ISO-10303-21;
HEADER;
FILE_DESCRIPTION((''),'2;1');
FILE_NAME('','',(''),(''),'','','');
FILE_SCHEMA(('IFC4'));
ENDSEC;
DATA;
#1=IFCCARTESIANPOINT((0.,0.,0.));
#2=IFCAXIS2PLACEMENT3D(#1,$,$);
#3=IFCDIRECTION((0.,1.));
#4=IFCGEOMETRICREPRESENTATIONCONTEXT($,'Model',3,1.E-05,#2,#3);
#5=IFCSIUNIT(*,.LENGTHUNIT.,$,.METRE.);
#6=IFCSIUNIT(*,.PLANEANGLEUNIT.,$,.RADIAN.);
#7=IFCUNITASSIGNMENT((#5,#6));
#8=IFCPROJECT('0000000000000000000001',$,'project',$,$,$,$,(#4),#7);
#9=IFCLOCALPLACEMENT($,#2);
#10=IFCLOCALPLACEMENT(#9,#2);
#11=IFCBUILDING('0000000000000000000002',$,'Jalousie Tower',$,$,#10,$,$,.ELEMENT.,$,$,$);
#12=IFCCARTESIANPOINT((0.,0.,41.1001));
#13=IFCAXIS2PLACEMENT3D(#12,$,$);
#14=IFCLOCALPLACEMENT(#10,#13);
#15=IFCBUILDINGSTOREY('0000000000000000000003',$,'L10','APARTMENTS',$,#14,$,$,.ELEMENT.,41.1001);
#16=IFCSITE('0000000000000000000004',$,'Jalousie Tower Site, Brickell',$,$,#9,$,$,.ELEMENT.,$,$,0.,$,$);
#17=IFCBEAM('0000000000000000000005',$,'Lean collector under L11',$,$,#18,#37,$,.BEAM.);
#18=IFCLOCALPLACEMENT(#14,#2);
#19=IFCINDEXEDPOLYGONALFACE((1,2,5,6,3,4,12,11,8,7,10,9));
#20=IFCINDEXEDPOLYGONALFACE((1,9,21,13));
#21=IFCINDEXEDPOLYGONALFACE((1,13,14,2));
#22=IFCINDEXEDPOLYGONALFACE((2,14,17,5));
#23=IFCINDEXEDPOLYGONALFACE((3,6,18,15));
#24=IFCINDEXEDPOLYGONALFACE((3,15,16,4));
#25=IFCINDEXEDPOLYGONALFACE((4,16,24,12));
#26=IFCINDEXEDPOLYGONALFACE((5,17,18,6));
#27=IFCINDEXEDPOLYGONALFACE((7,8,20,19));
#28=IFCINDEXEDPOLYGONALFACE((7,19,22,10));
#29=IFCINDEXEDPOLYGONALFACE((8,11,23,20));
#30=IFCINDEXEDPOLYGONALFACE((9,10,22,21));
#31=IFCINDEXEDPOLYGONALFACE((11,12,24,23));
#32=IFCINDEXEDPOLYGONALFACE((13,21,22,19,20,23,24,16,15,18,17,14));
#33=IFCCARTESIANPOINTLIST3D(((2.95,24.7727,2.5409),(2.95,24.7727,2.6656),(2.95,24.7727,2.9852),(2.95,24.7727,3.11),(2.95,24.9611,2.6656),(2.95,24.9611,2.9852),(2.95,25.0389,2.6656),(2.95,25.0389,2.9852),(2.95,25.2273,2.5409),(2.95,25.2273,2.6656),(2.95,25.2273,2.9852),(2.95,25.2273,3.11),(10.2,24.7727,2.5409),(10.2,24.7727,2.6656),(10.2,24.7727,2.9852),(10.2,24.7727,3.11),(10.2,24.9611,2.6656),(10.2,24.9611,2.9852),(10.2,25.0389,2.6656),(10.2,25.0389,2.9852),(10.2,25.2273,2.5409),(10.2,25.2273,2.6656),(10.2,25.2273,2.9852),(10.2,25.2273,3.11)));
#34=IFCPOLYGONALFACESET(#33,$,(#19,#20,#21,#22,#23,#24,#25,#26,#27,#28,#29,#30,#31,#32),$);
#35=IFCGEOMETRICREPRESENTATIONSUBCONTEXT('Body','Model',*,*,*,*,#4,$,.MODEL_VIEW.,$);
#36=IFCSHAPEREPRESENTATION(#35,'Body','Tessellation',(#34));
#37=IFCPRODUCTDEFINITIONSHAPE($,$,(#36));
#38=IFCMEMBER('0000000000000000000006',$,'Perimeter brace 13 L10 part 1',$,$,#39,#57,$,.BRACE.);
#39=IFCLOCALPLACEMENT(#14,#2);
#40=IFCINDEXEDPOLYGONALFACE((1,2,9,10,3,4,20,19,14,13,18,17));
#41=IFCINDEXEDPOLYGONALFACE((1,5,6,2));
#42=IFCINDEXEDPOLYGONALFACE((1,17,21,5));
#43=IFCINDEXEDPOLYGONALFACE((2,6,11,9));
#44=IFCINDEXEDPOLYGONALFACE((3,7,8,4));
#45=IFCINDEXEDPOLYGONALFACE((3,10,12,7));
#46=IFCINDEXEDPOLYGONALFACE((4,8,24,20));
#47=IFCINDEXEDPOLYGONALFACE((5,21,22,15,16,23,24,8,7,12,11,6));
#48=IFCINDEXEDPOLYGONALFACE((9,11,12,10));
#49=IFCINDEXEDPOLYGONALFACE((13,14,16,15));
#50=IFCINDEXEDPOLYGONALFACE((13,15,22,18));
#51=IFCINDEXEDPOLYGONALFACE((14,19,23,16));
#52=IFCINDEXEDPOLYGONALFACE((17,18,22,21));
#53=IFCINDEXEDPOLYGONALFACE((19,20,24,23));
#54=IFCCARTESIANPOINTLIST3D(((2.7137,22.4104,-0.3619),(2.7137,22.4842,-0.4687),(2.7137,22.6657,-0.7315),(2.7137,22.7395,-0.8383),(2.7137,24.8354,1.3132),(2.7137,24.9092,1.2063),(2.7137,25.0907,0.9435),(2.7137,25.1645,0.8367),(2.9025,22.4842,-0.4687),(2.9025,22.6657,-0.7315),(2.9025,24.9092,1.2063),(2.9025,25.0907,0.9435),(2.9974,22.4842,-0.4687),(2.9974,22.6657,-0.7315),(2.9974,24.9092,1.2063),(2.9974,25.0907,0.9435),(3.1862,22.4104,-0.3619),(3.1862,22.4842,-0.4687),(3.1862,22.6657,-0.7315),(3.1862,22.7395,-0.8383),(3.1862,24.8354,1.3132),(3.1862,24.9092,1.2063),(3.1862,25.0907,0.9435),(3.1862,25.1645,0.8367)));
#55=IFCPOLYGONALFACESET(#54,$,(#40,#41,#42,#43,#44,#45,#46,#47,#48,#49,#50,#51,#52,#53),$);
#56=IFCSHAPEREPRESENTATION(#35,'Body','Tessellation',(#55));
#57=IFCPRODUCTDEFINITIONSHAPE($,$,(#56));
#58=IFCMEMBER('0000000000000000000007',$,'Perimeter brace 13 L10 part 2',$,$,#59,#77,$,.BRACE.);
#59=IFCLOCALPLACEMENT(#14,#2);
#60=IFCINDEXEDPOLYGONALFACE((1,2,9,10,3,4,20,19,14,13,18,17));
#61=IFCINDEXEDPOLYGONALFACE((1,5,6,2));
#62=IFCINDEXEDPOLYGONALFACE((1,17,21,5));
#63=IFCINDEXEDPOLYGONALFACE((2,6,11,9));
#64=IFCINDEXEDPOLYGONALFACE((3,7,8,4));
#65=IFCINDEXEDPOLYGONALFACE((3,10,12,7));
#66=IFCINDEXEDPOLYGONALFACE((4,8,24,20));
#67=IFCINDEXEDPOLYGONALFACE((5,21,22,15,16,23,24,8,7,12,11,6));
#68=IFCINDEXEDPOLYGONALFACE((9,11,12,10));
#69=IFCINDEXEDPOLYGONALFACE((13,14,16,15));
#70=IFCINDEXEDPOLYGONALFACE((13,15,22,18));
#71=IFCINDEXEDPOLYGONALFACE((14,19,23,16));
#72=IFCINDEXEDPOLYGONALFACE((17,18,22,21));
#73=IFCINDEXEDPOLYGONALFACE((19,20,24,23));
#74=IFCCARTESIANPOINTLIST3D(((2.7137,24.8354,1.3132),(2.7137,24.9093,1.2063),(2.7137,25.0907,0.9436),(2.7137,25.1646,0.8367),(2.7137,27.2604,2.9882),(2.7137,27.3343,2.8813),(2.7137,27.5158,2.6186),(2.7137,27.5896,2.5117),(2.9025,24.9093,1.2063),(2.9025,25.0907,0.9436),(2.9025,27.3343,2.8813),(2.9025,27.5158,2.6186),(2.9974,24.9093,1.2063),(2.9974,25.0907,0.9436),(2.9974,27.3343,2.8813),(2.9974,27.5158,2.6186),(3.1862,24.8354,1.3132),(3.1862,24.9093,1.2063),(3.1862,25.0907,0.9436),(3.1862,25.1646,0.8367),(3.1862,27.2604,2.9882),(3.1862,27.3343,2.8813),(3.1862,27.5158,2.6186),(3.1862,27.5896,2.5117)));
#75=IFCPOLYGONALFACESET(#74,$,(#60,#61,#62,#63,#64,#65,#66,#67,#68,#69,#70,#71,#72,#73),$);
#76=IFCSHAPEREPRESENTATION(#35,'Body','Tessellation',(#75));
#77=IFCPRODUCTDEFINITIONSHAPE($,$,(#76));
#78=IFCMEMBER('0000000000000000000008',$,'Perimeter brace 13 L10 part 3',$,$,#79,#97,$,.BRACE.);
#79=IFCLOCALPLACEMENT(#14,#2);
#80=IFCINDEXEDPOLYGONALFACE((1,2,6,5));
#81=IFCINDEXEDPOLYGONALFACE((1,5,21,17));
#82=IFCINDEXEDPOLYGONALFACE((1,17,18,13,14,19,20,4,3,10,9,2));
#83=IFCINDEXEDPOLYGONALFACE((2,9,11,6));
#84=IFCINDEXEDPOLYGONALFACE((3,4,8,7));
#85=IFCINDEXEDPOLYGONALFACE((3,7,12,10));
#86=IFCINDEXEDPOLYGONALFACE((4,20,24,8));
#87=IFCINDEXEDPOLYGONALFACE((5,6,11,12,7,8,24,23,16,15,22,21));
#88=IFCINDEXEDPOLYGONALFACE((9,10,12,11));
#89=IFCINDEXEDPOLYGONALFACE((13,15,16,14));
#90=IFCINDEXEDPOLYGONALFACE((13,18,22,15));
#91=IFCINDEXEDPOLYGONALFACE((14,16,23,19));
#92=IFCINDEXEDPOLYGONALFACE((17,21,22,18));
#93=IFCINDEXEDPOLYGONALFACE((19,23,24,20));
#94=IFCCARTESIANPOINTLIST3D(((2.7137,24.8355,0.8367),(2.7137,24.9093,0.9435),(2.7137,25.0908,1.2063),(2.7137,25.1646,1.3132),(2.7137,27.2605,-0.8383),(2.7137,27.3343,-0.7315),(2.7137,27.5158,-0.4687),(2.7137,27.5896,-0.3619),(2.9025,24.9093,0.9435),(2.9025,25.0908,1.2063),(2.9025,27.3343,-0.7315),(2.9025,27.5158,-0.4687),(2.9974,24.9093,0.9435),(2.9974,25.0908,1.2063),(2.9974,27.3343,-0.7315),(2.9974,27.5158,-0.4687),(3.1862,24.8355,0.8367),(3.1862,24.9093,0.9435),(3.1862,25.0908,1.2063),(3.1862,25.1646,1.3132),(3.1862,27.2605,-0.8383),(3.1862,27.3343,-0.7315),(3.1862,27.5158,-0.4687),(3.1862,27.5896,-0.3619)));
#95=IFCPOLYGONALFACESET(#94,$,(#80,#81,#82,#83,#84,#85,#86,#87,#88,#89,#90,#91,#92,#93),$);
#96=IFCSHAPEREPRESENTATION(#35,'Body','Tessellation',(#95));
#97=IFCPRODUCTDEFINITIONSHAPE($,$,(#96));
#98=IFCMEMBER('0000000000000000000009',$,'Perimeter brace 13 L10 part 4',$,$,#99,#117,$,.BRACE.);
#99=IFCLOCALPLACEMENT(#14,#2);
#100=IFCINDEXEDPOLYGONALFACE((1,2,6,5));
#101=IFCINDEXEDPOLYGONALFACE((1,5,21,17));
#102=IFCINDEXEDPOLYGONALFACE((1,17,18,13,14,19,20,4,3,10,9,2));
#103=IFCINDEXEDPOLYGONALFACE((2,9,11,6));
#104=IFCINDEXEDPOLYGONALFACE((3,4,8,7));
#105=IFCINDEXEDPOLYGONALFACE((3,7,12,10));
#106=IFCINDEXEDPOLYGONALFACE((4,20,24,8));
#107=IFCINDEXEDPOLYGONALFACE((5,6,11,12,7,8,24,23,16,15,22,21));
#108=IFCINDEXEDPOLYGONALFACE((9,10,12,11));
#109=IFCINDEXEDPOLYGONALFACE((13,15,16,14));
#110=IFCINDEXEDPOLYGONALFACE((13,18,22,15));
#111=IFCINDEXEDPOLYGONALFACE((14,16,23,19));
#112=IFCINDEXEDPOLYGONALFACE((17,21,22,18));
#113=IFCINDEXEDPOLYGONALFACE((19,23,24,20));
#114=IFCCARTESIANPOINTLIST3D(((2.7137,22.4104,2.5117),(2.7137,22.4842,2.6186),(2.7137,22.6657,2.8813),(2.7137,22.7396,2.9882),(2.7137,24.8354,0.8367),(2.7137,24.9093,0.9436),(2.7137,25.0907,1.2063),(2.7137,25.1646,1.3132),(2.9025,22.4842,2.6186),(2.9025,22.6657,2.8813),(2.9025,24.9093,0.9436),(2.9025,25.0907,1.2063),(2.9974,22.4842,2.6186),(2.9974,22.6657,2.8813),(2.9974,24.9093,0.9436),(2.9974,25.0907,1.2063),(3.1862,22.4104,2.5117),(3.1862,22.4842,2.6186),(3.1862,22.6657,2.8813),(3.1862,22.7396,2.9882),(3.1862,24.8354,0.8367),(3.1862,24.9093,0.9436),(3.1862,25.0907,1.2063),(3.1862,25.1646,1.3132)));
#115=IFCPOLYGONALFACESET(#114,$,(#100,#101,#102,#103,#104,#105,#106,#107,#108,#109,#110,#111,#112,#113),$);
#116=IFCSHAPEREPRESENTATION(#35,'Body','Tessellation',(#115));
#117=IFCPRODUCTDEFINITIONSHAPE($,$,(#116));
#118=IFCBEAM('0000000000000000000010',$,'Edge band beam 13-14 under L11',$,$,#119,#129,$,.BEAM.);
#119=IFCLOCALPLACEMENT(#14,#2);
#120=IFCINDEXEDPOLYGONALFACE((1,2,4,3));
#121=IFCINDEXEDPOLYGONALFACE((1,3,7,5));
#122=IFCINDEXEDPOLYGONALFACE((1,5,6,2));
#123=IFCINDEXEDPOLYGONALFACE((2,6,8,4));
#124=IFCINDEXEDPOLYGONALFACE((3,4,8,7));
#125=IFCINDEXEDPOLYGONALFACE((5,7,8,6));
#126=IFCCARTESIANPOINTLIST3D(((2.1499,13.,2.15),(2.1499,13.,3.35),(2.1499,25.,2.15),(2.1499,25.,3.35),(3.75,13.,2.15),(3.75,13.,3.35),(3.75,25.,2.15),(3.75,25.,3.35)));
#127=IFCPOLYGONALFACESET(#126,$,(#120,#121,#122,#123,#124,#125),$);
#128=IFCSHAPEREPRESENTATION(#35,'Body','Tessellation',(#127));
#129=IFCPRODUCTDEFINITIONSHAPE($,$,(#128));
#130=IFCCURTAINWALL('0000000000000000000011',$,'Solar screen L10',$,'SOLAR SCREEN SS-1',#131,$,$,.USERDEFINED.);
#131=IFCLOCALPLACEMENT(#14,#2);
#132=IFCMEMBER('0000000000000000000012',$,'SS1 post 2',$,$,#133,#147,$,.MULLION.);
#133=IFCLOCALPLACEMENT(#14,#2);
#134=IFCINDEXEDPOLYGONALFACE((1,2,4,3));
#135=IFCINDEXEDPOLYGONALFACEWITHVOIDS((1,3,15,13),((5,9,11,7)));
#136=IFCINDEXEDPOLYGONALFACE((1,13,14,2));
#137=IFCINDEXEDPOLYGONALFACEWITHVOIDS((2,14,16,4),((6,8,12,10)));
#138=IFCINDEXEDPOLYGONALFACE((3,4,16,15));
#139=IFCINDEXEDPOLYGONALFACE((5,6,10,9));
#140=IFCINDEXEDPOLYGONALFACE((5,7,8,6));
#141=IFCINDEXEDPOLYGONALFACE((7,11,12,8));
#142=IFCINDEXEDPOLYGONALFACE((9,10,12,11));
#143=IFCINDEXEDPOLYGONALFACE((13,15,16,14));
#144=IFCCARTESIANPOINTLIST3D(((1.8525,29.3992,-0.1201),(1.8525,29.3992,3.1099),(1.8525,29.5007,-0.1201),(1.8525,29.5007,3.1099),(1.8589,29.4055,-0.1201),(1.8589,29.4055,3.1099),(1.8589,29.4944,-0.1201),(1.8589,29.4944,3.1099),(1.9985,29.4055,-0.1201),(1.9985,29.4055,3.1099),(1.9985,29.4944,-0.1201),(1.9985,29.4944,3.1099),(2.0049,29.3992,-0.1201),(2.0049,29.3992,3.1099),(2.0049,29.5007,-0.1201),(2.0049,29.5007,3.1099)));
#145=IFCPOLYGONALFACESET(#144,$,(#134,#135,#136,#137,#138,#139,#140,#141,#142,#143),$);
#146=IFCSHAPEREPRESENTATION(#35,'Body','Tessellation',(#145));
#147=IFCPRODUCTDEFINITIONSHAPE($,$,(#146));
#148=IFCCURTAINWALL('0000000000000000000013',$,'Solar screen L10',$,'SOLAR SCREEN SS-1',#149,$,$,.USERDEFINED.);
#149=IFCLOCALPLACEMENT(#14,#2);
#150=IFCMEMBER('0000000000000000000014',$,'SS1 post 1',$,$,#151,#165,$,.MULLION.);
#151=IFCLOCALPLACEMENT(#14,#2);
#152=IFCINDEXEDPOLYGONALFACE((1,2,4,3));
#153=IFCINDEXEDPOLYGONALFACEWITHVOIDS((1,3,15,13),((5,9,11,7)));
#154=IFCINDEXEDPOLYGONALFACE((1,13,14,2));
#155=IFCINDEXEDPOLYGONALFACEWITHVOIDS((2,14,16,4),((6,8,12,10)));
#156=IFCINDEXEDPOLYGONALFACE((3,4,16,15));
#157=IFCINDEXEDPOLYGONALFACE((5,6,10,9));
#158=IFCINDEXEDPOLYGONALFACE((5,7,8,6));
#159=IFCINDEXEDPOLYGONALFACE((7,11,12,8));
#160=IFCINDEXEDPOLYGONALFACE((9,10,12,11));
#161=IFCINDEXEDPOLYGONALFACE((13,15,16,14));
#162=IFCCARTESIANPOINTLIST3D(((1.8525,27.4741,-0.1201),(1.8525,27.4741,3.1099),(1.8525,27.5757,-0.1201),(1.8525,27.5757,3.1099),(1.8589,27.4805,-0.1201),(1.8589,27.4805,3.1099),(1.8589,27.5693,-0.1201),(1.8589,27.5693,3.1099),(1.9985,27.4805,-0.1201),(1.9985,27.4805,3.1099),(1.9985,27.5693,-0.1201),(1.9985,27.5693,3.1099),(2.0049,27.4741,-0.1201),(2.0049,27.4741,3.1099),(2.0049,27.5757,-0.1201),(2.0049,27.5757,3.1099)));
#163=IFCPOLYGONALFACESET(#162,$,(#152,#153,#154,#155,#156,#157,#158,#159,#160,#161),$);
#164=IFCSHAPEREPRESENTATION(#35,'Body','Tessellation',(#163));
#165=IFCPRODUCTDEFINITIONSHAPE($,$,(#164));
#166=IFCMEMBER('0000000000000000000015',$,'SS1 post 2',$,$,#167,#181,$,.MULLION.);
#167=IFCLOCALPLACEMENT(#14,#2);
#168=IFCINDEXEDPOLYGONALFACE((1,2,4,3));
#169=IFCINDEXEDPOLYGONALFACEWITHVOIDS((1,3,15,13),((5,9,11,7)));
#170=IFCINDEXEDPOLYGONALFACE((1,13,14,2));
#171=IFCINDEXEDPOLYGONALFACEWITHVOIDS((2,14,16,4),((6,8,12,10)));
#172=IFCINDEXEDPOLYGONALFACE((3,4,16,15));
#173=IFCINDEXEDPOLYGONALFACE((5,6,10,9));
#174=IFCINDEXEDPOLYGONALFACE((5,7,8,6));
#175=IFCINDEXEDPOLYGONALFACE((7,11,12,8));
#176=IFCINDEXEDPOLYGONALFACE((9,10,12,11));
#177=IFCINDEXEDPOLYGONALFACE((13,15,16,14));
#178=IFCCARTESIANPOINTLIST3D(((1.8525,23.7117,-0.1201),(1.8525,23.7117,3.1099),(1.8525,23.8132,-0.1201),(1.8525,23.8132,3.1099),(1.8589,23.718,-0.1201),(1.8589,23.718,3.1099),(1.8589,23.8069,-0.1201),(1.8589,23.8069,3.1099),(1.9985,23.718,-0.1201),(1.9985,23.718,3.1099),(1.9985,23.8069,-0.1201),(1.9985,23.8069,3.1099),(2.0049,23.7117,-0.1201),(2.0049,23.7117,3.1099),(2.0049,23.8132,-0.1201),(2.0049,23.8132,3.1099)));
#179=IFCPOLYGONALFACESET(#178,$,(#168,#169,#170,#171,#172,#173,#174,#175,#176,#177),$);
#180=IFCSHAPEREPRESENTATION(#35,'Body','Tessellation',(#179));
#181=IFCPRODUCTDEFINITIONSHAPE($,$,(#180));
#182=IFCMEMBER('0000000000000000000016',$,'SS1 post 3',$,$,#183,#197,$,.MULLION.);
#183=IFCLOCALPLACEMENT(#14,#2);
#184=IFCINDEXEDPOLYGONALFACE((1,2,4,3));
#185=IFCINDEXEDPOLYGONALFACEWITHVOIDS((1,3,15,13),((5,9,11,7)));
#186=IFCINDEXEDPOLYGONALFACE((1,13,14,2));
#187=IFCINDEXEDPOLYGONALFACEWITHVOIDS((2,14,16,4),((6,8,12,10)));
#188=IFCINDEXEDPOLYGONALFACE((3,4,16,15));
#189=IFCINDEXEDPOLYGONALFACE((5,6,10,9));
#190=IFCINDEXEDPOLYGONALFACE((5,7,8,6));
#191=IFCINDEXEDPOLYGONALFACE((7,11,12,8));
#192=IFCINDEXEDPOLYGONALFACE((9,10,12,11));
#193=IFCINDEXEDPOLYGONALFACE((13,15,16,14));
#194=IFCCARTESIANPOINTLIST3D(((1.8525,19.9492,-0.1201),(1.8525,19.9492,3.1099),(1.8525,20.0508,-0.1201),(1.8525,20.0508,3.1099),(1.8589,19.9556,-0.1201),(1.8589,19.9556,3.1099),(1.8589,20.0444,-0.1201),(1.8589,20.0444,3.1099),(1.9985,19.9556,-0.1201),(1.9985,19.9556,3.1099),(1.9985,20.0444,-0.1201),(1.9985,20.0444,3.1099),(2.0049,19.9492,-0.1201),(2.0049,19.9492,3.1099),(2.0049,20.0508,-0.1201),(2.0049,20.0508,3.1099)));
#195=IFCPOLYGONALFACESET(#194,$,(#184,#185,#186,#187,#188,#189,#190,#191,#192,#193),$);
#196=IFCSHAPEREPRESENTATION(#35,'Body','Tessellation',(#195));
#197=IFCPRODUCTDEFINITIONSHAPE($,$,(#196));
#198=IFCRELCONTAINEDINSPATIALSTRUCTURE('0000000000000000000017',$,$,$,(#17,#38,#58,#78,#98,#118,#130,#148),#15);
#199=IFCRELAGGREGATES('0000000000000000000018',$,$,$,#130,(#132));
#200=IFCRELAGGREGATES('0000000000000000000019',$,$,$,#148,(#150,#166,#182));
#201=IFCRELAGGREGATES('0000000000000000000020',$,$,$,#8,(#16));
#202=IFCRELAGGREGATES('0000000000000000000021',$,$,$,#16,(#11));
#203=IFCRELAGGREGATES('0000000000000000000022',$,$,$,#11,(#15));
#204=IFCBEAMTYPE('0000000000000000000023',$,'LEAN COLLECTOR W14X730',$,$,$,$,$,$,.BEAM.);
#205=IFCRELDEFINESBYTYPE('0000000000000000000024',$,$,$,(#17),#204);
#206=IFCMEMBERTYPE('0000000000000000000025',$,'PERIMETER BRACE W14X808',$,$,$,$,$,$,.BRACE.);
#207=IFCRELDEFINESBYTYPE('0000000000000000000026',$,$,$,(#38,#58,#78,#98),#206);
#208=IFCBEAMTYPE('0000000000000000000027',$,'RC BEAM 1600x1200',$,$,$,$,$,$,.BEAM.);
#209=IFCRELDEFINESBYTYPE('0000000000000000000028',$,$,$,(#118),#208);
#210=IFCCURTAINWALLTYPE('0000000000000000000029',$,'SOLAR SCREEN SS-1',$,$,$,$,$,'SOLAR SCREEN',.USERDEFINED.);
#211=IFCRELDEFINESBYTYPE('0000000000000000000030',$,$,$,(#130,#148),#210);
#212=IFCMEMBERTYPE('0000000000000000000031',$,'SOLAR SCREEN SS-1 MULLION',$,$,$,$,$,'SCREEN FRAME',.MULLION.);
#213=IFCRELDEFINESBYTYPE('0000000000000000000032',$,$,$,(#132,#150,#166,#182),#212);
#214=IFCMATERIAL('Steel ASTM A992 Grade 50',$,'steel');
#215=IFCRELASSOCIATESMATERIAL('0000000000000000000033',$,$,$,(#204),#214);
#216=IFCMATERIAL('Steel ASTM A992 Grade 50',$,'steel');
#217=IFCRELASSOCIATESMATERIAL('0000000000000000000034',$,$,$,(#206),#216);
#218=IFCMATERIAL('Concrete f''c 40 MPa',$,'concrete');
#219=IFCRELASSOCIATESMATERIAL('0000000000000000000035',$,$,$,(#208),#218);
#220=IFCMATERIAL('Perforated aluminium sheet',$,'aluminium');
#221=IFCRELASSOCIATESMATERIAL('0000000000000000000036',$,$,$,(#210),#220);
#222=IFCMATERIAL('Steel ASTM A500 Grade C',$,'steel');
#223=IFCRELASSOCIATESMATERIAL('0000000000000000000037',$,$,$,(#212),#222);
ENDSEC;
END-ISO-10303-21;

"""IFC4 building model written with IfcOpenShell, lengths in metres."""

from ifc_helpers import new_model, si_unit, direction, frame, origin, origin_2d, place, context, subcontext, project, spatial, rectangle, hollow_rectangle, i_section, extrude, material, material_profile, profile_set, type_object, element, aggregate, save


model = new_model("IFC4")

# Units and contexts
model_context = context("Model", 3, precision=1e-05, world=origin(), true_north=direction((0.0, 1.0)))
body_context = subcontext(model_context, "Body", "Model", "MODEL_VIEW")
ifc_project = project(units=[si_unit("LENGTHUNIT", "METRE"), si_unit("PLANEANGLEUNIT", "RADIAN")], contexts=[model_context])

# Site, building, storey
site_placement = place(None, origin())
site = spatial("IfcSite", under=ifc_project, at=site_placement, Name="Jalousie Tower Site, Brickell", CompositionType="ELEMENT", RefElevation=0.0)
building_placement = place(site_placement, origin())
building = spatial("IfcBuilding", under=site, at=building_placement, Name="Jalousie Tower", CompositionType="ELEMENT")
storey_placement = place(building_placement, frame((0.0, 0.0, 41.1001)))
storey = spatial("IfcBuildingStorey", under=building, at=storey_placement, Name="L10", Description="APARTMENTS", CompositionType="ELEMENT", Elevation=41.1001)

# Beam
ifc_material_1 = material(Name="Steel ASTM A992 Grade 50", Category="steel")
ifc_material_profile_1 = material_profile(ifc_material_1, i_section(OverallWidth=0.4546, OverallDepth=0.5691, WebThickness=0.0779, FlangeThickness=0.1248, at=origin_2d()), Name="W14X730")
ifc_profile_set_1 = profile_set([ifc_material_profile_1], Name="Steel ASTM A992 Grade 50")
beam_type_1 = type_object("IfcBeamType", Name="LEAN COLLECTOR W14X730", PredefinedType="BEAM", material=ifc_profile_set_1)
beam_1_placement = place(storey_placement, frame((2.95, 25.0, 2.8254), z_axis=(1.0, 0.0, 0.0), x_axis=(0.0, 1.0, 0.0)))
element("IfcBeam", 1, at=beam_1_placement, inside=storey, type_object=beam_type_1, Name="Lean collector under L11", PredefinedType="BEAM", context=body_context, shape_type="SweptSolid", body=[
    extrude(i_section(OverallWidth=0.4546, OverallDepth=0.5691, WebThickness=0.0779, FlangeThickness=0.1248, at=origin_2d()), origin(), (0.0, 0.0, 1.0), 7.25),
])

# Members
ifc_material_2 = material(Name="Steel ASTM A992 Grade 50", Category="steel")
ifc_material_profile_2 = material_profile(ifc_material_2, i_section(OverallWidth=0.4724, OverallDepth=0.5791, WebThickness=0.095, FlangeThickness=0.1299, at=origin_2d()), Name="W14X808")
ifc_profile_set_2 = profile_set([ifc_material_profile_2], Name="Steel ASTM A992 Grade 50")
member_type_1 = type_object("IfcMemberType", Name="PERIMETER BRACE W14X808", PredefinedType="BRACE", material=ifc_profile_set_2)
for number, where, z_axis, x_axis, name in (
    (2, (2.95, 22.575, -0.6001), (0.0, 0.8228, 0.568331), (-1.0, 0.0, 0.0), "Perimeter brace 13 L10 part 1"),
    (3, (2.95, 25.0, 1.075), (0.0, 0.8228, 0.568331), (-1.0, 0.0, 0.0), "Perimeter brace 13 L10 part 2"),
    (4, (2.95, 27.425, -0.6001), (0.0, -0.8228, 0.568331), (1.0, 0.0, 0.0), "Perimeter brace 13 L10 part 3"),
    (5, (2.95, 25.0, 1.075), (0.0, -0.8228, 0.568331), (1.0, 0.0, 0.0), "Perimeter brace 13 L10 part 4"),
):
    element("IfcMember", number, at=place(storey_placement, frame(where, z_axis=z_axis, x_axis=x_axis)), inside=storey, type_object=member_type_1, Name=name, PredefinedType="BRACE", context=body_context, shape_type="SweptSolid", body=[
        extrude(i_section(OverallWidth=0.4724, OverallDepth=0.5791, WebThickness=0.095, FlangeThickness=0.1299, at=origin_2d()), origin(), (0.0, 0.0, 1.0), 2.9473),
    ])

# Beam
ifc_material_3 = material(Name="Concrete f'c 40 MPa", Category="concrete")
ifc_material_profile_3 = material_profile(ifc_material_3, rectangle(XDim=1.6001, YDim=1.2, at=origin_2d()), Name="RC 1600x1200")
ifc_profile_set_3 = profile_set([ifc_material_profile_3], Name="Concrete f'c 40 MPa")
beam_type_2 = type_object("IfcBeamType", Name="RC BEAM 1600x1200", PredefinedType="BEAM", material=ifc_profile_set_3)
beam_2_placement = place(storey_placement, frame((2.95, 25.0, 2.75), z_axis=(0.0, -1.0, 0.0), x_axis=(1.0, 0.0, 0.0)))
element("IfcBeam", 6, at=beam_2_placement, inside=storey, type_object=beam_type_2, Name="Edge band beam 13-14 under L11", PredefinedType="BEAM", context=body_context, shape_type="SweptSolid", body=[
    extrude(rectangle(XDim=1.6001, YDim=1.2, at=origin_2d()), origin(), (0.0, 0.0, 1.0), 12.0),
])

# Curtain wall, member
ifc_material_4 = material(Name="Perforated aluminium sheet", Category="aluminium")
curtain_wall_type = type_object("IfcCurtainWallType", Name="SOLAR SCREEN SS-1", ElementType="SOLAR SCREEN", PredefinedType="USERDEFINED", material=ifc_material_4)
curtain_wall_1_placement = place(storey_placement, origin())
curtain_wall_1 = element("IfcCurtainWall", 7, at=curtain_wall_1_placement, inside=storey, type_object=curtain_wall_type, Name="Solar screen L10", ObjectType="SOLAR SCREEN SS-1", PredefinedType="USERDEFINED")
ifc_material_5 = material(Name="Steel ASTM A500 Grade C", Category="steel")
ifc_material_profile_4 = material_profile(ifc_material_5, hollow_rectangle(XDim=0.1016, YDim=0.1523, WallThickness=0.0063, at=origin_2d()), Name="HSS6X4X1/4")
ifc_profile_set_4 = profile_set([ifc_material_profile_4], Name="Steel ASTM A500 Grade C")
member_type_2 = type_object("IfcMemberType", Name="SOLAR SCREEN SS-1 MULLION", ElementType="SCREEN FRAME", PredefinedType="MULLION", material=ifc_profile_set_4)
member_1_placement = place(storey_placement, frame((1.9287, 29.45, -0.1201), z_axis=(0.0, 0.0, 1.0), x_axis=(0.0, -1.0, 0.0)))
member_1 = element("IfcMember", 8, at=member_1_placement, type_object=member_type_2, Name="SS1 post 2", PredefinedType="MULLION", context=body_context, shape_type="SweptSolid", body=[
    extrude(hollow_rectangle(XDim=0.1016, YDim=0.1523, WallThickness=0.0063, at=origin_2d()), origin(), (0.0, 0.0, 1.0), 3.23),
])
aggregate(curtain_wall_1, [member_1])

# Curtain wall, members
curtain_wall_2_placement = place(storey_placement, origin())
curtain_wall_2 = element("IfcCurtainWall", 9, at=curtain_wall_2_placement, inside=storey, type_object=curtain_wall_type, Name="Solar screen L10", ObjectType="SOLAR SCREEN SS-1", PredefinedType="USERDEFINED")
member_2_placement = place(storey_placement, frame((1.9287, 27.5249, -0.1201), z_axis=(0.0, 0.0, 1.0), x_axis=(0.0, -1.0, 0.0)))
member_2 = element("IfcMember", 10, at=member_2_placement, type_object=member_type_2, Name="SS1 post 1", PredefinedType="MULLION", context=body_context, shape_type="SweptSolid", body=[
    extrude(hollow_rectangle(XDim=0.1016, YDim=0.1523, WallThickness=0.0063, at=origin_2d()), origin(), (0.0, 0.0, 1.0), 3.23),
])
member_3_placement = place(storey_placement, frame((1.9287, 23.7625, -0.1201), z_axis=(0.0, 0.0, 1.0), x_axis=(0.0, -1.0, 0.0)))
member_3 = element("IfcMember", 11, at=member_3_placement, type_object=member_type_2, Name="SS1 post 2", PredefinedType="MULLION", context=body_context, shape_type="SweptSolid", body=[
    extrude(hollow_rectangle(XDim=0.1016, YDim=0.1523, WallThickness=0.0063, at=origin_2d()), origin(), (0.0, 0.0, 1.0), 3.23),
])
member_4_placement = place(storey_placement, frame((1.9287, 20.0, -0.1201), z_axis=(0.0, 0.0, 1.0), x_axis=(0.0, -1.0, 0.0)))
member_4 = element("IfcMember", 12, at=member_4_placement, type_object=member_type_2, Name="SS1 post 3", PredefinedType="MULLION", context=body_context, shape_type="SweptSolid", body=[
    extrude(hollow_rectangle(XDim=0.1016, YDim=0.1523, WallThickness=0.0063, at=origin_2d()), origin(), (0.0, 0.0, 1.0), 3.23),
])
aggregate(curtain_wall_2, [member_2, member_3, member_4])

save(model, "model.ifc")
